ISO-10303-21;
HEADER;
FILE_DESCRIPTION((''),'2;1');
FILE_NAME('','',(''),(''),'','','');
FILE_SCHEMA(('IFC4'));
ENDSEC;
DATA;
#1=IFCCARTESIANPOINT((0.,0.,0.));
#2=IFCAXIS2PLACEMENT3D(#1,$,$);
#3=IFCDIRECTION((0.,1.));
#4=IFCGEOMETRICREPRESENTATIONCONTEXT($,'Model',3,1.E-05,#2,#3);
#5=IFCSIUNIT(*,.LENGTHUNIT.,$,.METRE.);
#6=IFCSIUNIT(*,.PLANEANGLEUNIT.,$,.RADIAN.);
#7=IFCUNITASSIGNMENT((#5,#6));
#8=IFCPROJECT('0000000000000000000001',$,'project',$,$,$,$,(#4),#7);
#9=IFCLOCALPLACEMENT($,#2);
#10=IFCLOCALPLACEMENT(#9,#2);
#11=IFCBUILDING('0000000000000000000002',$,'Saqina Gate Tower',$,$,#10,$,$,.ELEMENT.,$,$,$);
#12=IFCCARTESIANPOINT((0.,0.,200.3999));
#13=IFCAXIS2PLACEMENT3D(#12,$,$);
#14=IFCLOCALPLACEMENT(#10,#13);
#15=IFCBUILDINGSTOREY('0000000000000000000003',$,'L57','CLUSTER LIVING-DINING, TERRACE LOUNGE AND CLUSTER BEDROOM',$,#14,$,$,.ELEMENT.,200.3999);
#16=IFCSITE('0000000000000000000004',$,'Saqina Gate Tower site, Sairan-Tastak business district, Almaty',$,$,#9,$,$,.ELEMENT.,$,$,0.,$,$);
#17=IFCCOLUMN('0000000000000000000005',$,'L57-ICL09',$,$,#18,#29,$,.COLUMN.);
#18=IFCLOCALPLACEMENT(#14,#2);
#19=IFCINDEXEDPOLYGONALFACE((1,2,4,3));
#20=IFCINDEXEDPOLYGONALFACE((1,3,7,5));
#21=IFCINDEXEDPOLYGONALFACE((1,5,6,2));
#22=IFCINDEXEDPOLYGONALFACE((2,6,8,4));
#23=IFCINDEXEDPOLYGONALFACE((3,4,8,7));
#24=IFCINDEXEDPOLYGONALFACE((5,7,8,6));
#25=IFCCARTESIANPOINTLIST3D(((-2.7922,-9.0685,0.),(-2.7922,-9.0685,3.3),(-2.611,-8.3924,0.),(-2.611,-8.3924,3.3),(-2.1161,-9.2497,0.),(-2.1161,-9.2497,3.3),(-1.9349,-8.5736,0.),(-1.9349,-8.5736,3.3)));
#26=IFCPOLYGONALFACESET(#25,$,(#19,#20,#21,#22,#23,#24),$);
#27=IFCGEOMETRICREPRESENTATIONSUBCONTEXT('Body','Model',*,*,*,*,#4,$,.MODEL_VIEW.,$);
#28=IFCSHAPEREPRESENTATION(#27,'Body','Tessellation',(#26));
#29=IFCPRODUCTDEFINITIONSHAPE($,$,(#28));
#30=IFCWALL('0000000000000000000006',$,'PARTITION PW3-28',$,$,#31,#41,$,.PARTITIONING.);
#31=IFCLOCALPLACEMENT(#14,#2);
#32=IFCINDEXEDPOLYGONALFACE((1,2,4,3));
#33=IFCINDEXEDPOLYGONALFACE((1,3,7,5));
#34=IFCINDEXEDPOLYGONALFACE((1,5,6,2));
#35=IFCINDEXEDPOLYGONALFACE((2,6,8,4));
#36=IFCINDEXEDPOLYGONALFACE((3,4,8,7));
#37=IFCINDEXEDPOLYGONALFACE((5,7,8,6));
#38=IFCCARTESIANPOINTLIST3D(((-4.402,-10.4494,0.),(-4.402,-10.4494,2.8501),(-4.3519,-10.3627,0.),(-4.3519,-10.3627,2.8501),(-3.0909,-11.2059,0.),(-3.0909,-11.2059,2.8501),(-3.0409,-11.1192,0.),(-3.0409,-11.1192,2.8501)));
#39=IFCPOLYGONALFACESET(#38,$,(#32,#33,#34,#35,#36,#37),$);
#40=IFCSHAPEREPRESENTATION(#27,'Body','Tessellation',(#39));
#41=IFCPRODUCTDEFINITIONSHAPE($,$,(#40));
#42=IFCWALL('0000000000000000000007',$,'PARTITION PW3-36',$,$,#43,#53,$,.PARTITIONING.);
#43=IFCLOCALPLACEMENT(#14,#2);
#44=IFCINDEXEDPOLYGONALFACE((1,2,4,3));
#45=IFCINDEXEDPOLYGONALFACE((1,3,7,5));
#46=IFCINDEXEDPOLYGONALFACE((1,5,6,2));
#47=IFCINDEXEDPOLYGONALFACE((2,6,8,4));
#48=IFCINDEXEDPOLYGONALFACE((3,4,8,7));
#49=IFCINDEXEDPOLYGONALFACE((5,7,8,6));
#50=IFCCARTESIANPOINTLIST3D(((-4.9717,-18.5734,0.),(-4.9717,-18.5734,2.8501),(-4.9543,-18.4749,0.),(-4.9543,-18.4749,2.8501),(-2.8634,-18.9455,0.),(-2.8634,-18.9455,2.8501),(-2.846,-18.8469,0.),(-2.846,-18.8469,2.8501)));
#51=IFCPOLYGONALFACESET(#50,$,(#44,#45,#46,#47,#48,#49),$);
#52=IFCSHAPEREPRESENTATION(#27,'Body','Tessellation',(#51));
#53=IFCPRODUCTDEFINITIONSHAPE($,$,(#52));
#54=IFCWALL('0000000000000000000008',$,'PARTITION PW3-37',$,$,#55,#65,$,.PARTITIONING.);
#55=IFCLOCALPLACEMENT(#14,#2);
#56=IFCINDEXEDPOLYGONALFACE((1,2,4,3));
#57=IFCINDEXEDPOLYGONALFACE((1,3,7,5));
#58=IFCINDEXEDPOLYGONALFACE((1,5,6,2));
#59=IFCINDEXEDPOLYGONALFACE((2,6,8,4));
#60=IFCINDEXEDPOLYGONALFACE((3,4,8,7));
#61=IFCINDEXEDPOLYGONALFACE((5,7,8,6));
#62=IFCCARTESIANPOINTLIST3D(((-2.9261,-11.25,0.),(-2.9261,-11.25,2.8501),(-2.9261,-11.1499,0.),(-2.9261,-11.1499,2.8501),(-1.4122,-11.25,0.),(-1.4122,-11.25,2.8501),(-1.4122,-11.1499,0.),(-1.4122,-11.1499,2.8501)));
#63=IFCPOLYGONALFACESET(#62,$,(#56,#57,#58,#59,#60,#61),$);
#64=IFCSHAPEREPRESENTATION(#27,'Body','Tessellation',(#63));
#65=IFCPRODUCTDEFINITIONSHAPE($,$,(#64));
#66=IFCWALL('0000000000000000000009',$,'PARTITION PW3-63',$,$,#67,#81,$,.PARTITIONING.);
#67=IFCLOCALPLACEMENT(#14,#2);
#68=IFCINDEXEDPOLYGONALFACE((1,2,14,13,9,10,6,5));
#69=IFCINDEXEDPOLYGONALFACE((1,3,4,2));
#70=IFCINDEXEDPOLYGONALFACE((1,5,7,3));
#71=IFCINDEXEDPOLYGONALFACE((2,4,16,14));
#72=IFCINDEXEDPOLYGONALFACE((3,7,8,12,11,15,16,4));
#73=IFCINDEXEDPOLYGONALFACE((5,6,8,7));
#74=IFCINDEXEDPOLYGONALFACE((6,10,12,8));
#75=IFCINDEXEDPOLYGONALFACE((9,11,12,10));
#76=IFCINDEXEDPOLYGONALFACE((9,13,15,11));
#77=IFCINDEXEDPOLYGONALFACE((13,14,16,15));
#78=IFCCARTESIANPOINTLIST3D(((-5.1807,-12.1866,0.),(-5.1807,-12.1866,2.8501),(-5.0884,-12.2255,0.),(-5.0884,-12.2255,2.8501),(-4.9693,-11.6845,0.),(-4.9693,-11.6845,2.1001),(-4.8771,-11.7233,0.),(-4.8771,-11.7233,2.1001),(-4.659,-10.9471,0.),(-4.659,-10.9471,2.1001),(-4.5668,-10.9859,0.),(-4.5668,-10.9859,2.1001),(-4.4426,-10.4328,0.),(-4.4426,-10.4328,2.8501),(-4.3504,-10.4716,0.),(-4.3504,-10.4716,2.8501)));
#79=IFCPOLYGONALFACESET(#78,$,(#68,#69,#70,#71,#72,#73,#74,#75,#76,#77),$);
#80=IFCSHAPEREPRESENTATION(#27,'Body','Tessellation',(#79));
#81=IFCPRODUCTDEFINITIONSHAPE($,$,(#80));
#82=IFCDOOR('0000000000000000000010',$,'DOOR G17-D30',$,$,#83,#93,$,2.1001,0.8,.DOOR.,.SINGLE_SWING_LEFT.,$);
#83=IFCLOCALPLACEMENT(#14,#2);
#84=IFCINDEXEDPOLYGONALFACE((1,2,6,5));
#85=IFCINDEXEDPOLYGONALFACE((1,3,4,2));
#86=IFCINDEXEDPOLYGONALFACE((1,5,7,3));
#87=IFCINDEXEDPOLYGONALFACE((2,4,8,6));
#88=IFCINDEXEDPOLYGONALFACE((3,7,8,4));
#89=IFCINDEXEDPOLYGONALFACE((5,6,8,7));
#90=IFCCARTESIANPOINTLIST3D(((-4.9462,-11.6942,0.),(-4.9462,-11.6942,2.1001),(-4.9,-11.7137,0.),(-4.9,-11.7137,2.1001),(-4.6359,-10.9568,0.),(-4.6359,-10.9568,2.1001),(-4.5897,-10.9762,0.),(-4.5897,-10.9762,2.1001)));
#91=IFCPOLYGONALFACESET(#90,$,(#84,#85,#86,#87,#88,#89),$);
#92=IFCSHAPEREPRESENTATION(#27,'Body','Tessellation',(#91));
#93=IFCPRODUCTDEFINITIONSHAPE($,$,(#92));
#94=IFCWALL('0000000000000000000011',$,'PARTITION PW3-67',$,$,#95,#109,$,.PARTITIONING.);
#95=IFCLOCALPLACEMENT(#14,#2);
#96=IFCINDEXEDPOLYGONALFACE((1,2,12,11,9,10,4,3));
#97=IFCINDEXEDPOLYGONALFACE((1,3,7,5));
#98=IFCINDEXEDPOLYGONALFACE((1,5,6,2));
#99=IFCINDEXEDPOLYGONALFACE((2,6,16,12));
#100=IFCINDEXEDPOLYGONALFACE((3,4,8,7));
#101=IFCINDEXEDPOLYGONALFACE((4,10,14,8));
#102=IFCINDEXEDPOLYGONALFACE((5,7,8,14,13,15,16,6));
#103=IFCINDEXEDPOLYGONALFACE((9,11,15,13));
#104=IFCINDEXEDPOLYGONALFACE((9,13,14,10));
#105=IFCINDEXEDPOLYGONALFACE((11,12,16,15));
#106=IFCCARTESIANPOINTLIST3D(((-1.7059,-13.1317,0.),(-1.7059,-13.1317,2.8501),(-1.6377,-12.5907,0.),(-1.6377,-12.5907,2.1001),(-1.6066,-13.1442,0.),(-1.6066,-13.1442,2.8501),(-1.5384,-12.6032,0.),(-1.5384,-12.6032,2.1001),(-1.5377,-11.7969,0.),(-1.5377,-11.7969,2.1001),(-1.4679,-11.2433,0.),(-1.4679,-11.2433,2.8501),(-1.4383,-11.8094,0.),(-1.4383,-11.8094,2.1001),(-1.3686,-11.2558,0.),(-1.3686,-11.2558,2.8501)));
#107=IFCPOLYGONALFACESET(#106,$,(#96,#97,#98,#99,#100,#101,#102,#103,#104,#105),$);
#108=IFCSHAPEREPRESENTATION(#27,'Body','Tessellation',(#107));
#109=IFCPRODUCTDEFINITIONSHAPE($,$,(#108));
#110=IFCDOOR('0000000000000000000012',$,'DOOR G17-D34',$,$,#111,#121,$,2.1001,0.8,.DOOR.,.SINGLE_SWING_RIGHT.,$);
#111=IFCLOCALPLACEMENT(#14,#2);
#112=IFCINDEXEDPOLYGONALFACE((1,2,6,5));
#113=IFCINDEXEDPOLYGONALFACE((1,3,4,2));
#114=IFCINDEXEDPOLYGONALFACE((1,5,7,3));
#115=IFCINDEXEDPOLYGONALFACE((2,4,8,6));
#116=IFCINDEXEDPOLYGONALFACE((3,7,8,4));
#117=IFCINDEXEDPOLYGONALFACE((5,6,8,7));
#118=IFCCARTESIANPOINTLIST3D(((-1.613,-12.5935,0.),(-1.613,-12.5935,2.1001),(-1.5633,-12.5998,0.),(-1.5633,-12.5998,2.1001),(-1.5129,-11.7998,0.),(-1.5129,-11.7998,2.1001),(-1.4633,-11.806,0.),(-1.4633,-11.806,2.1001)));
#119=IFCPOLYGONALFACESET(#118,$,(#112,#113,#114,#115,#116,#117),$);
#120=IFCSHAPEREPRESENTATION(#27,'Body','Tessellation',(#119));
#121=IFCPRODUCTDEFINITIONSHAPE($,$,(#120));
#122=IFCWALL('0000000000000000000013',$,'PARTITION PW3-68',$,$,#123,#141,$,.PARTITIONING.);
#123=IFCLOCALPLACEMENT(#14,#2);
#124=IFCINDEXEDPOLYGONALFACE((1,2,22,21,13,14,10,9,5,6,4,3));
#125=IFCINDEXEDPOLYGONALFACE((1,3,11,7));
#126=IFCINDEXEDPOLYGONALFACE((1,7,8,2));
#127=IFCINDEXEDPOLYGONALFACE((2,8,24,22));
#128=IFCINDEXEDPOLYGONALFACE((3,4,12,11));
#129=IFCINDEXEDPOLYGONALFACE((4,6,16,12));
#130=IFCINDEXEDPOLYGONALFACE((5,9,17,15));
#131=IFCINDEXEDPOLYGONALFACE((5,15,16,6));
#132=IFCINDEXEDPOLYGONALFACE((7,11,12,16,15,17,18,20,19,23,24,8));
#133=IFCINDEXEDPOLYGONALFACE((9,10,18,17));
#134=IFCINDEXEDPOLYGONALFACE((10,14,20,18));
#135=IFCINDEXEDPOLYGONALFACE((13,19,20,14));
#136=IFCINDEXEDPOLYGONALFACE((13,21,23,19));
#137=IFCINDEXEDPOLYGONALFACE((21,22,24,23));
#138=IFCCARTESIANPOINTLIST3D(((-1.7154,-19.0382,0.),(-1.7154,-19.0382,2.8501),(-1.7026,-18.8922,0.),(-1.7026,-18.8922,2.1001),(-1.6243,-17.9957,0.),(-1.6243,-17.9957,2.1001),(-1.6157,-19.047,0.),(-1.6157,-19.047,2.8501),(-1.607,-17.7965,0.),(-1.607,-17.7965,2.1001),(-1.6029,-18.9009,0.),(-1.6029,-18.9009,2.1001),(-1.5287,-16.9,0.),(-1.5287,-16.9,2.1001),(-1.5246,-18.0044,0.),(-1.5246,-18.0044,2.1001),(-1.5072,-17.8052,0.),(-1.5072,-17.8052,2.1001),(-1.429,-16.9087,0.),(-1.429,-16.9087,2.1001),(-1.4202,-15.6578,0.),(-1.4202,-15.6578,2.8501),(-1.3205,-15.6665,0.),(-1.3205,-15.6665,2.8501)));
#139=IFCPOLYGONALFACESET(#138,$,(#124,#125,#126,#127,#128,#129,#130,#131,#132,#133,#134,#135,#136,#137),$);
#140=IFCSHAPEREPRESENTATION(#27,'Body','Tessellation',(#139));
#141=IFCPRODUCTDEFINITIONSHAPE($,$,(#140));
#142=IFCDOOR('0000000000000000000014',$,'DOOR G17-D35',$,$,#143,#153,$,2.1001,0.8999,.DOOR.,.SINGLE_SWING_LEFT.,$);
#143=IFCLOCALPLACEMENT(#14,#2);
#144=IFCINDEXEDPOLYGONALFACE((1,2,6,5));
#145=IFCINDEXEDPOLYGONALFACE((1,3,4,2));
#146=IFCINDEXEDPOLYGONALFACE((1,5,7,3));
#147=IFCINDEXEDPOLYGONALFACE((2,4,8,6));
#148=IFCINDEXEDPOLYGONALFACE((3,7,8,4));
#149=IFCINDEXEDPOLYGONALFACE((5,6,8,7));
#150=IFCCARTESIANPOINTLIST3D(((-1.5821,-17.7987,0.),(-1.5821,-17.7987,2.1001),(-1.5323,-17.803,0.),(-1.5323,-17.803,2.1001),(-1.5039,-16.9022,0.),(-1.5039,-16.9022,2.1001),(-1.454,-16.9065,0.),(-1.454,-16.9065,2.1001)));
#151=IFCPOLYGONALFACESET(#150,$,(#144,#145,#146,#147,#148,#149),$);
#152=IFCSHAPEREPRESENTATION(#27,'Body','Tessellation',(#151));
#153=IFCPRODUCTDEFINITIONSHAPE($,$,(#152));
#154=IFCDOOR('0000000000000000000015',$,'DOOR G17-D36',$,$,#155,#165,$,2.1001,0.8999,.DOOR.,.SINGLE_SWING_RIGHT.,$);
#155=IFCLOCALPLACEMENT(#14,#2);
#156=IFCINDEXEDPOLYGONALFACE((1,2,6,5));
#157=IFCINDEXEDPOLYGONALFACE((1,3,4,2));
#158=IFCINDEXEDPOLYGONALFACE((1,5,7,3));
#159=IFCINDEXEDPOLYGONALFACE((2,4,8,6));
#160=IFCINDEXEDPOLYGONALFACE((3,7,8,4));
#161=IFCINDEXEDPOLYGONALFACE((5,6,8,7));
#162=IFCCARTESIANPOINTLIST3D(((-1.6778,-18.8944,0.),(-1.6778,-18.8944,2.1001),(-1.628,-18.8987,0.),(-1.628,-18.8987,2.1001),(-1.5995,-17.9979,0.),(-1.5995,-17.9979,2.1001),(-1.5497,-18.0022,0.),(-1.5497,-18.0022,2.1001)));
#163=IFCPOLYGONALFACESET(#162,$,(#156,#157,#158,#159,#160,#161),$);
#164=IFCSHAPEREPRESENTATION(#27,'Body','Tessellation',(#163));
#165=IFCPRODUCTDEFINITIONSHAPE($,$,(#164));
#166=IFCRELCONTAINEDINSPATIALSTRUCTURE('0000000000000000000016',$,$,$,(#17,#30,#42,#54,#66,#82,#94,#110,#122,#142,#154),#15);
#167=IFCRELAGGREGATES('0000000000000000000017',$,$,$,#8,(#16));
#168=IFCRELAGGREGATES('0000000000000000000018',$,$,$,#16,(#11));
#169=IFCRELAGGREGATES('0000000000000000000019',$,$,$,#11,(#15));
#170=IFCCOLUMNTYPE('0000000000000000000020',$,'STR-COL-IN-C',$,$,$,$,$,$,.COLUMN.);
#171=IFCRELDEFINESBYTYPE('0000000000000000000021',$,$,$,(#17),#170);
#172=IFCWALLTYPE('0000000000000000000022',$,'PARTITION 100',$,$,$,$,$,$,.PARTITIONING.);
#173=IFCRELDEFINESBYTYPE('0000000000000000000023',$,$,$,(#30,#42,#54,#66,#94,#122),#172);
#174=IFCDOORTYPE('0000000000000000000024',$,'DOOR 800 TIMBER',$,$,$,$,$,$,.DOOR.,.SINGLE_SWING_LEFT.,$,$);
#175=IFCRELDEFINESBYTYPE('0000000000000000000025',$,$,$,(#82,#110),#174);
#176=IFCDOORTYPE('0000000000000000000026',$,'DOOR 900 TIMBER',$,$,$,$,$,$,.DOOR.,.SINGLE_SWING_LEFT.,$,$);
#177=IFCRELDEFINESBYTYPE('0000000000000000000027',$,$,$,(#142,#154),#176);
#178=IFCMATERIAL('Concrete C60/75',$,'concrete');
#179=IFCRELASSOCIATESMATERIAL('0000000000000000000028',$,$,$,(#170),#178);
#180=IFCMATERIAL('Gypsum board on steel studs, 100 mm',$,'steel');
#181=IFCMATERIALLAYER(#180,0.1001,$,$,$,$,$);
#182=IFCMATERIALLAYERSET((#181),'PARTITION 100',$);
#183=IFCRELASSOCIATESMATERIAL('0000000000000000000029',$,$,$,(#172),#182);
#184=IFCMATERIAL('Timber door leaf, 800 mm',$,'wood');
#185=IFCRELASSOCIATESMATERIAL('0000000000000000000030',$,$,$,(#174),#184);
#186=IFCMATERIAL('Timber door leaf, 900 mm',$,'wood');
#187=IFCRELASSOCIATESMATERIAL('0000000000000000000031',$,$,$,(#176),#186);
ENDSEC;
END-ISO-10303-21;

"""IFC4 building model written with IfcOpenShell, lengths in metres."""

from ifc_helpers import new_model, si_unit, direction, frame, frame_2d, origin, origin_2d, place, context, subcontext, project, spatial, rectangle, extrude, material, layer, layer_set, material_profile, profile_set, type_object, element, fill, save


model = new_model("IFC4")

# Units and contexts
model_context = context("Model", 3, precision=1e-05, world=origin(), true_north=direction((0.0, 1.0)))
body_context = subcontext(model_context, "Body", "Model", "MODEL_VIEW")
ifc_project = project(units=[si_unit("LENGTHUNIT", "METRE"), si_unit("PLANEANGLEUNIT", "RADIAN")], contexts=[model_context])

# Site, building, storey
site_placement = place(None, origin())
site = spatial("IfcSite", under=ifc_project, at=site_placement, Name="Saqina Gate Tower site, Sairan-Tastak business district, Almaty", CompositionType="ELEMENT", RefElevation=0.0)
building_placement = place(site_placement, origin())
building = spatial("IfcBuilding", under=site, at=building_placement, Name="Saqina Gate Tower", CompositionType="ELEMENT")
storey_placement = place(building_placement, frame((0.0, 0.0, 200.3999)))
storey = spatial("IfcBuildingStorey", under=building, at=storey_placement, Name="L57", Description="CLUSTER LIVING-DINING, TERRACE LOUNGE AND CLUSTER BEDROOM", CompositionType="ELEMENT", Elevation=200.3999)

# Column
ifc_material_1 = material(Name="Concrete C60/75", Category="concrete")
ifc_material_profile = material_profile(ifc_material_1, rectangle(XDim=0.7, YDim=0.7, at=origin_2d()), Name="RC 700x700")
ifc_profile_set = profile_set([ifc_material_profile], Name="Concrete C60/75")
column_type = type_object("IfcColumnType", Name="STR-COL-IN-C", PredefinedType="COLUMN", material=ifc_profile_set)
column_placement = place(storey_placement, frame((-2.3635, -8.821, 0.0), z_axis=(0.0, 0.0, 1.0), x_axis=(-0.258819, -0.965926, 0.0)))
element("IfcColumn", 1, at=column_placement, inside=storey, type_object=column_type, Name="L57-ICL09", PredefinedType="COLUMN", context=body_context, shape_type="SweptSolid", body=[
    extrude(rectangle(XDim=0.7, YDim=0.7, at=origin_2d()), origin(), (0.0, 0.0, 1.0), 3.3),
])

# Walls
ifc_material_2 = material(Name="Gypsum board on steel studs, 100 mm", Category="steel")
ifc_layer_1 = layer(ifc_material_2, 0.1001)
ifc_layer_set_1 = layer_set([ifc_layer_1], Name="PARTITION 100")
wall_type_1 = type_object("IfcWallType", Name="PARTITION 100", PredefinedType="PARTITIONING", material=ifc_layer_set_1)
wall_1_placement = place(storey_placement, frame((-4.377, -10.406, 0.0), z_axis=(0.0, 0.0, 1.0), x_axis=(0.866121, -0.499834, 0.0)))
element("IfcWall", 2, at=wall_1_placement, inside=storey, type_object=wall_type_1, Name="PARTITION PW3-28", PredefinedType="PARTITIONING", context=body_context, shape_type="SweptSolid", body=[
    extrude(rectangle(XDim=1.5137, YDim=0.1001, at=frame_2d((0.7568, 0.0))), origin(), (0.0, 0.0, 1.0), 2.8501),
])
wall_2_placement = place(storey_placement, frame((-4.9629, -18.5242, 0.0), z_axis=(0.0, 0.0, 1.0), x_axis=(0.984784, -0.173785, 0.0)))
element("IfcWall", 3, at=wall_2_placement, inside=storey, type_object=wall_type_1, Name="PARTITION PW3-36", PredefinedType="PARTITIONING", context=body_context, shape_type="SweptSolid", body=[
    extrude(rectangle(XDim=2.1409, YDim=0.1001, at=frame_2d((1.0703, 0.0))), origin(), (0.0, 0.0, 1.0), 2.8501),
])
wall_3_placement = place(storey_placement, frame((-2.926, -11.2, 0.0), z_axis=(0.0, 0.0, 1.0), x_axis=(1.0, 0.0, 0.0)))
element("IfcWall", 4, at=wall_3_placement, inside=storey, type_object=wall_type_1, Name="PARTITION PW3-37", PredefinedType="PARTITIONING", context=body_context, shape_type="SweptSolid", body=[
    extrude(rectangle(XDim=1.5139, YDim=0.1001, at=frame_2d((0.7568, 0.0))), origin(), (0.0, 0.0, 1.0), 2.8501),
])

# Walls, openings, doors
wall_4_placement = place(storey_placement, frame((-5.1345, -12.2061, 0.0), z_axis=(0.0, 0.0, 1.0), x_axis=(0.387856, 0.92172, 0.0)))
wall_4 = element("IfcWall", 5, at=wall_4_placement, inside=storey, type_object=wall_type_1, Name="PARTITION PW3-63", PredefinedType="PARTITIONING", context=body_context, shape_type="SweptSolid", body=[
    extrude(rectangle(XDim=1.9028, YDim=0.1001, at=frame_2d((0.9514, 0.0))), origin(), (0.0, 0.0, 1.0), 2.8501),
])
opening_1_placement = place(wall_4_placement, frame((0.5449, 0.0, 0.0)))
opening_1 = element("IfcOpeningElement", 6, at=opening_1_placement, cuts=wall_4, PredefinedType="OPENING", context=body_context, shape_type="SweptSolid", body=[
    extrude(rectangle(XDim=0.8, YDim=2.1001, at=frame_2d((0.3999, 1.05))), frame((0.0, 0.062, 0.0), z_axis=(0.0, -1.0, 0.0), x_axis=(1.0, 0.0, 0.0)), (0.0, 0.0, 1.0), 0.124),
])
ifc_material_3 = material(Name="Timber door leaf, 800 mm", Category="wood")
door_type_1 = type_object("IfcDoorType", Name="DOOR 800 TIMBER", OperationType="SINGLE_SWING_LEFT", PredefinedType="DOOR", material=ifc_material_3)
door_1_placement = place(opening_1_placement, origin())
door_1 = element("IfcDoor", 7, at=door_1_placement, inside=storey, type_object=door_type_1, Name="DOOR G17-D30", OperationType="SINGLE_SWING_LEFT", OverallHeight=2.1001, OverallWidth=0.8, PredefinedType="DOOR", context=body_context, shape_type="SweptSolid", body=[
    extrude(rectangle(XDim=0.8, YDim=2.1001, at=frame_2d((0.3999, 1.05))), frame((0.0, 0.0249, 0.0), z_axis=(0.0, -1.0, 0.0), x_axis=(1.0, 0.0, 0.0)), (0.0, 0.0, 1.0), 0.05),
])
fill(opening_1, door_1)
wall_5_placement = place(storey_placement, frame((-1.6562, -13.1379, 0.0), z_axis=(0.0, 0.0, 1.0), x_axis=(0.125061, 0.992149, 0.0)))
wall_5 = element("IfcWall", 8, at=wall_5_placement, inside=storey, type_object=wall_type_1, Name="PARTITION PW3-67", PredefinedType="PARTITIONING", context=body_context, shape_type="SweptSolid", body=[
    extrude(rectangle(XDim=1.9033, YDim=0.1001, at=frame_2d((0.9517, 0.0))), origin(), (0.0, 0.0, 1.0), 2.8501),
])
opening_2_placement = place(wall_5_placement, frame((0.5454, 0.0, 0.0)))
opening_2 = element("IfcOpeningElement", 9, at=opening_2_placement, cuts=wall_5, PredefinedType="OPENING", context=body_context, shape_type="SweptSolid", body=[
    extrude(rectangle(XDim=0.8, YDim=2.1001, at=frame_2d((0.3999, 1.05))), frame((0.0, 0.062, 0.0), z_axis=(0.0, -1.0, 0.0), x_axis=(1.0, 0.0, 0.0)), (0.0, 0.0, 1.0), 0.124),
])
door_2_placement = place(opening_2_placement, frame((0.8, 0.0, 0.0), z_axis=(0.0, 0.0, 1.0), x_axis=(-1.0, 0.0, 0.0)))
door_2 = element("IfcDoor", 10, at=door_2_placement, inside=storey, type_object=door_type_1, Name="DOOR G17-D34", OperationType="SINGLE_SWING_RIGHT", OverallHeight=2.1001, OverallWidth=0.8, PredefinedType="DOOR", context=body_context, shape_type="SweptSolid", body=[
    extrude(rectangle(XDim=0.8, YDim=2.1001, at=frame_2d((0.3999, 1.05))), frame((0.0, 0.0249, 0.0), z_axis=(0.0, -1.0, 0.0), x_axis=(1.0, 0.0, 0.0)), (0.0, 0.0, 1.0), 0.05),
])
fill(opening_2, door_2)

# Wall, openings, doors
wall_6_placement = place(storey_placement, frame((-1.6655, -19.0427, 0.0), z_axis=(0.0, 0.0, 1.0), x_axis=(0.086987, 0.996209, 0.0)))
wall_6 = element("IfcWall", 11, at=wall_6_placement, inside=storey, type_object=wall_type_1, Name="PARTITION PW3-68", PredefinedType="PARTITIONING", context=body_context, shape_type="SweptSolid", body=[
    extrude(rectangle(XDim=3.3933, YDim=0.1001, at=frame_2d((1.6968, 0.0))), origin(), (0.0, 0.0, 1.0), 2.8501),
])
opening_3_placement = place(wall_6_placement, frame((1.2466, 0.0, 0.0)))
opening_3 = element("IfcOpeningElement", 12, at=opening_3_placement, cuts=wall_6, PredefinedType="OPENING", context=body_context, shape_type="SweptSolid", body=[
    extrude(rectangle(XDim=0.8999, YDim=2.1001, at=frame_2d((0.45, 1.05))), frame((0.0, 0.062, 0.0), z_axis=(0.0, -1.0, 0.0), x_axis=(1.0, 0.0, 0.0)), (0.0, 0.0, 1.0), 0.124),
])
opening_4_placement = place(wall_6_placement, frame((0.1467, 0.0, 0.0)))
opening_4 = element("IfcOpeningElement", 13, at=opening_4_placement, cuts=wall_6, PredefinedType="OPENING", context=body_context, shape_type="SweptSolid", body=[
    extrude(rectangle(XDim=0.8999, YDim=2.1001, at=frame_2d((0.45, 1.05))), frame((0.0, 0.062, 0.0), z_axis=(0.0, -1.0, 0.0), x_axis=(1.0, 0.0, 0.0)), (0.0, 0.0, 1.0), 0.124),
])
ifc_material_4 = material(Name="Timber door leaf, 900 mm", Category="wood")
door_type_2 = type_object("IfcDoorType", Name="DOOR 900 TIMBER", OperationType="SINGLE_SWING_LEFT", PredefinedType="DOOR", material=ifc_material_4)
door_3_placement = place(opening_3_placement, frame((0.8999, 0.0, 0.0), z_axis=(0.0, 0.0, 1.0), x_axis=(-1.0, 0.0, 0.0)))
door_3 = element("IfcDoor", 14, at=door_3_placement, inside=storey, type_object=door_type_2, Name="DOOR G17-D35", OperationType="SINGLE_SWING_LEFT", OverallHeight=2.1001, OverallWidth=0.8999, PredefinedType="DOOR", context=body_context, shape_type="SweptSolid", body=[
    extrude(rectangle(XDim=0.8999, YDim=2.1001, at=frame_2d((0.45, 1.05))), frame((0.0, 0.0249, 0.0), z_axis=(0.0, -1.0, 0.0), x_axis=(1.0, 0.0, 0.0)), (0.0, 0.0, 1.0), 0.05),
])
fill(opening_3, door_3)
door_4_placement = place(opening_4_placement, frame((0.8999, 0.0, 0.0), z_axis=(0.0, 0.0, 1.0), x_axis=(-1.0, 0.0, 0.0)))
door_4 = element("IfcDoor", 15, at=door_4_placement, inside=storey, type_object=door_type_2, Name="DOOR G17-D36", OperationType="SINGLE_SWING_RIGHT", OverallHeight=2.1001, OverallWidth=0.8999, PredefinedType="DOOR", context=body_context, shape_type="SweptSolid", body=[
    extrude(rectangle(XDim=0.8999, YDim=2.1001, at=frame_2d((0.45, 1.05))), frame((0.0, 0.0249, 0.0), z_axis=(0.0, -1.0, 0.0), x_axis=(1.0, 0.0, 0.0)), (0.0, 0.0, 1.0), 0.05),
])
fill(opening_4, door_4)

save(model, "model.ifc")
